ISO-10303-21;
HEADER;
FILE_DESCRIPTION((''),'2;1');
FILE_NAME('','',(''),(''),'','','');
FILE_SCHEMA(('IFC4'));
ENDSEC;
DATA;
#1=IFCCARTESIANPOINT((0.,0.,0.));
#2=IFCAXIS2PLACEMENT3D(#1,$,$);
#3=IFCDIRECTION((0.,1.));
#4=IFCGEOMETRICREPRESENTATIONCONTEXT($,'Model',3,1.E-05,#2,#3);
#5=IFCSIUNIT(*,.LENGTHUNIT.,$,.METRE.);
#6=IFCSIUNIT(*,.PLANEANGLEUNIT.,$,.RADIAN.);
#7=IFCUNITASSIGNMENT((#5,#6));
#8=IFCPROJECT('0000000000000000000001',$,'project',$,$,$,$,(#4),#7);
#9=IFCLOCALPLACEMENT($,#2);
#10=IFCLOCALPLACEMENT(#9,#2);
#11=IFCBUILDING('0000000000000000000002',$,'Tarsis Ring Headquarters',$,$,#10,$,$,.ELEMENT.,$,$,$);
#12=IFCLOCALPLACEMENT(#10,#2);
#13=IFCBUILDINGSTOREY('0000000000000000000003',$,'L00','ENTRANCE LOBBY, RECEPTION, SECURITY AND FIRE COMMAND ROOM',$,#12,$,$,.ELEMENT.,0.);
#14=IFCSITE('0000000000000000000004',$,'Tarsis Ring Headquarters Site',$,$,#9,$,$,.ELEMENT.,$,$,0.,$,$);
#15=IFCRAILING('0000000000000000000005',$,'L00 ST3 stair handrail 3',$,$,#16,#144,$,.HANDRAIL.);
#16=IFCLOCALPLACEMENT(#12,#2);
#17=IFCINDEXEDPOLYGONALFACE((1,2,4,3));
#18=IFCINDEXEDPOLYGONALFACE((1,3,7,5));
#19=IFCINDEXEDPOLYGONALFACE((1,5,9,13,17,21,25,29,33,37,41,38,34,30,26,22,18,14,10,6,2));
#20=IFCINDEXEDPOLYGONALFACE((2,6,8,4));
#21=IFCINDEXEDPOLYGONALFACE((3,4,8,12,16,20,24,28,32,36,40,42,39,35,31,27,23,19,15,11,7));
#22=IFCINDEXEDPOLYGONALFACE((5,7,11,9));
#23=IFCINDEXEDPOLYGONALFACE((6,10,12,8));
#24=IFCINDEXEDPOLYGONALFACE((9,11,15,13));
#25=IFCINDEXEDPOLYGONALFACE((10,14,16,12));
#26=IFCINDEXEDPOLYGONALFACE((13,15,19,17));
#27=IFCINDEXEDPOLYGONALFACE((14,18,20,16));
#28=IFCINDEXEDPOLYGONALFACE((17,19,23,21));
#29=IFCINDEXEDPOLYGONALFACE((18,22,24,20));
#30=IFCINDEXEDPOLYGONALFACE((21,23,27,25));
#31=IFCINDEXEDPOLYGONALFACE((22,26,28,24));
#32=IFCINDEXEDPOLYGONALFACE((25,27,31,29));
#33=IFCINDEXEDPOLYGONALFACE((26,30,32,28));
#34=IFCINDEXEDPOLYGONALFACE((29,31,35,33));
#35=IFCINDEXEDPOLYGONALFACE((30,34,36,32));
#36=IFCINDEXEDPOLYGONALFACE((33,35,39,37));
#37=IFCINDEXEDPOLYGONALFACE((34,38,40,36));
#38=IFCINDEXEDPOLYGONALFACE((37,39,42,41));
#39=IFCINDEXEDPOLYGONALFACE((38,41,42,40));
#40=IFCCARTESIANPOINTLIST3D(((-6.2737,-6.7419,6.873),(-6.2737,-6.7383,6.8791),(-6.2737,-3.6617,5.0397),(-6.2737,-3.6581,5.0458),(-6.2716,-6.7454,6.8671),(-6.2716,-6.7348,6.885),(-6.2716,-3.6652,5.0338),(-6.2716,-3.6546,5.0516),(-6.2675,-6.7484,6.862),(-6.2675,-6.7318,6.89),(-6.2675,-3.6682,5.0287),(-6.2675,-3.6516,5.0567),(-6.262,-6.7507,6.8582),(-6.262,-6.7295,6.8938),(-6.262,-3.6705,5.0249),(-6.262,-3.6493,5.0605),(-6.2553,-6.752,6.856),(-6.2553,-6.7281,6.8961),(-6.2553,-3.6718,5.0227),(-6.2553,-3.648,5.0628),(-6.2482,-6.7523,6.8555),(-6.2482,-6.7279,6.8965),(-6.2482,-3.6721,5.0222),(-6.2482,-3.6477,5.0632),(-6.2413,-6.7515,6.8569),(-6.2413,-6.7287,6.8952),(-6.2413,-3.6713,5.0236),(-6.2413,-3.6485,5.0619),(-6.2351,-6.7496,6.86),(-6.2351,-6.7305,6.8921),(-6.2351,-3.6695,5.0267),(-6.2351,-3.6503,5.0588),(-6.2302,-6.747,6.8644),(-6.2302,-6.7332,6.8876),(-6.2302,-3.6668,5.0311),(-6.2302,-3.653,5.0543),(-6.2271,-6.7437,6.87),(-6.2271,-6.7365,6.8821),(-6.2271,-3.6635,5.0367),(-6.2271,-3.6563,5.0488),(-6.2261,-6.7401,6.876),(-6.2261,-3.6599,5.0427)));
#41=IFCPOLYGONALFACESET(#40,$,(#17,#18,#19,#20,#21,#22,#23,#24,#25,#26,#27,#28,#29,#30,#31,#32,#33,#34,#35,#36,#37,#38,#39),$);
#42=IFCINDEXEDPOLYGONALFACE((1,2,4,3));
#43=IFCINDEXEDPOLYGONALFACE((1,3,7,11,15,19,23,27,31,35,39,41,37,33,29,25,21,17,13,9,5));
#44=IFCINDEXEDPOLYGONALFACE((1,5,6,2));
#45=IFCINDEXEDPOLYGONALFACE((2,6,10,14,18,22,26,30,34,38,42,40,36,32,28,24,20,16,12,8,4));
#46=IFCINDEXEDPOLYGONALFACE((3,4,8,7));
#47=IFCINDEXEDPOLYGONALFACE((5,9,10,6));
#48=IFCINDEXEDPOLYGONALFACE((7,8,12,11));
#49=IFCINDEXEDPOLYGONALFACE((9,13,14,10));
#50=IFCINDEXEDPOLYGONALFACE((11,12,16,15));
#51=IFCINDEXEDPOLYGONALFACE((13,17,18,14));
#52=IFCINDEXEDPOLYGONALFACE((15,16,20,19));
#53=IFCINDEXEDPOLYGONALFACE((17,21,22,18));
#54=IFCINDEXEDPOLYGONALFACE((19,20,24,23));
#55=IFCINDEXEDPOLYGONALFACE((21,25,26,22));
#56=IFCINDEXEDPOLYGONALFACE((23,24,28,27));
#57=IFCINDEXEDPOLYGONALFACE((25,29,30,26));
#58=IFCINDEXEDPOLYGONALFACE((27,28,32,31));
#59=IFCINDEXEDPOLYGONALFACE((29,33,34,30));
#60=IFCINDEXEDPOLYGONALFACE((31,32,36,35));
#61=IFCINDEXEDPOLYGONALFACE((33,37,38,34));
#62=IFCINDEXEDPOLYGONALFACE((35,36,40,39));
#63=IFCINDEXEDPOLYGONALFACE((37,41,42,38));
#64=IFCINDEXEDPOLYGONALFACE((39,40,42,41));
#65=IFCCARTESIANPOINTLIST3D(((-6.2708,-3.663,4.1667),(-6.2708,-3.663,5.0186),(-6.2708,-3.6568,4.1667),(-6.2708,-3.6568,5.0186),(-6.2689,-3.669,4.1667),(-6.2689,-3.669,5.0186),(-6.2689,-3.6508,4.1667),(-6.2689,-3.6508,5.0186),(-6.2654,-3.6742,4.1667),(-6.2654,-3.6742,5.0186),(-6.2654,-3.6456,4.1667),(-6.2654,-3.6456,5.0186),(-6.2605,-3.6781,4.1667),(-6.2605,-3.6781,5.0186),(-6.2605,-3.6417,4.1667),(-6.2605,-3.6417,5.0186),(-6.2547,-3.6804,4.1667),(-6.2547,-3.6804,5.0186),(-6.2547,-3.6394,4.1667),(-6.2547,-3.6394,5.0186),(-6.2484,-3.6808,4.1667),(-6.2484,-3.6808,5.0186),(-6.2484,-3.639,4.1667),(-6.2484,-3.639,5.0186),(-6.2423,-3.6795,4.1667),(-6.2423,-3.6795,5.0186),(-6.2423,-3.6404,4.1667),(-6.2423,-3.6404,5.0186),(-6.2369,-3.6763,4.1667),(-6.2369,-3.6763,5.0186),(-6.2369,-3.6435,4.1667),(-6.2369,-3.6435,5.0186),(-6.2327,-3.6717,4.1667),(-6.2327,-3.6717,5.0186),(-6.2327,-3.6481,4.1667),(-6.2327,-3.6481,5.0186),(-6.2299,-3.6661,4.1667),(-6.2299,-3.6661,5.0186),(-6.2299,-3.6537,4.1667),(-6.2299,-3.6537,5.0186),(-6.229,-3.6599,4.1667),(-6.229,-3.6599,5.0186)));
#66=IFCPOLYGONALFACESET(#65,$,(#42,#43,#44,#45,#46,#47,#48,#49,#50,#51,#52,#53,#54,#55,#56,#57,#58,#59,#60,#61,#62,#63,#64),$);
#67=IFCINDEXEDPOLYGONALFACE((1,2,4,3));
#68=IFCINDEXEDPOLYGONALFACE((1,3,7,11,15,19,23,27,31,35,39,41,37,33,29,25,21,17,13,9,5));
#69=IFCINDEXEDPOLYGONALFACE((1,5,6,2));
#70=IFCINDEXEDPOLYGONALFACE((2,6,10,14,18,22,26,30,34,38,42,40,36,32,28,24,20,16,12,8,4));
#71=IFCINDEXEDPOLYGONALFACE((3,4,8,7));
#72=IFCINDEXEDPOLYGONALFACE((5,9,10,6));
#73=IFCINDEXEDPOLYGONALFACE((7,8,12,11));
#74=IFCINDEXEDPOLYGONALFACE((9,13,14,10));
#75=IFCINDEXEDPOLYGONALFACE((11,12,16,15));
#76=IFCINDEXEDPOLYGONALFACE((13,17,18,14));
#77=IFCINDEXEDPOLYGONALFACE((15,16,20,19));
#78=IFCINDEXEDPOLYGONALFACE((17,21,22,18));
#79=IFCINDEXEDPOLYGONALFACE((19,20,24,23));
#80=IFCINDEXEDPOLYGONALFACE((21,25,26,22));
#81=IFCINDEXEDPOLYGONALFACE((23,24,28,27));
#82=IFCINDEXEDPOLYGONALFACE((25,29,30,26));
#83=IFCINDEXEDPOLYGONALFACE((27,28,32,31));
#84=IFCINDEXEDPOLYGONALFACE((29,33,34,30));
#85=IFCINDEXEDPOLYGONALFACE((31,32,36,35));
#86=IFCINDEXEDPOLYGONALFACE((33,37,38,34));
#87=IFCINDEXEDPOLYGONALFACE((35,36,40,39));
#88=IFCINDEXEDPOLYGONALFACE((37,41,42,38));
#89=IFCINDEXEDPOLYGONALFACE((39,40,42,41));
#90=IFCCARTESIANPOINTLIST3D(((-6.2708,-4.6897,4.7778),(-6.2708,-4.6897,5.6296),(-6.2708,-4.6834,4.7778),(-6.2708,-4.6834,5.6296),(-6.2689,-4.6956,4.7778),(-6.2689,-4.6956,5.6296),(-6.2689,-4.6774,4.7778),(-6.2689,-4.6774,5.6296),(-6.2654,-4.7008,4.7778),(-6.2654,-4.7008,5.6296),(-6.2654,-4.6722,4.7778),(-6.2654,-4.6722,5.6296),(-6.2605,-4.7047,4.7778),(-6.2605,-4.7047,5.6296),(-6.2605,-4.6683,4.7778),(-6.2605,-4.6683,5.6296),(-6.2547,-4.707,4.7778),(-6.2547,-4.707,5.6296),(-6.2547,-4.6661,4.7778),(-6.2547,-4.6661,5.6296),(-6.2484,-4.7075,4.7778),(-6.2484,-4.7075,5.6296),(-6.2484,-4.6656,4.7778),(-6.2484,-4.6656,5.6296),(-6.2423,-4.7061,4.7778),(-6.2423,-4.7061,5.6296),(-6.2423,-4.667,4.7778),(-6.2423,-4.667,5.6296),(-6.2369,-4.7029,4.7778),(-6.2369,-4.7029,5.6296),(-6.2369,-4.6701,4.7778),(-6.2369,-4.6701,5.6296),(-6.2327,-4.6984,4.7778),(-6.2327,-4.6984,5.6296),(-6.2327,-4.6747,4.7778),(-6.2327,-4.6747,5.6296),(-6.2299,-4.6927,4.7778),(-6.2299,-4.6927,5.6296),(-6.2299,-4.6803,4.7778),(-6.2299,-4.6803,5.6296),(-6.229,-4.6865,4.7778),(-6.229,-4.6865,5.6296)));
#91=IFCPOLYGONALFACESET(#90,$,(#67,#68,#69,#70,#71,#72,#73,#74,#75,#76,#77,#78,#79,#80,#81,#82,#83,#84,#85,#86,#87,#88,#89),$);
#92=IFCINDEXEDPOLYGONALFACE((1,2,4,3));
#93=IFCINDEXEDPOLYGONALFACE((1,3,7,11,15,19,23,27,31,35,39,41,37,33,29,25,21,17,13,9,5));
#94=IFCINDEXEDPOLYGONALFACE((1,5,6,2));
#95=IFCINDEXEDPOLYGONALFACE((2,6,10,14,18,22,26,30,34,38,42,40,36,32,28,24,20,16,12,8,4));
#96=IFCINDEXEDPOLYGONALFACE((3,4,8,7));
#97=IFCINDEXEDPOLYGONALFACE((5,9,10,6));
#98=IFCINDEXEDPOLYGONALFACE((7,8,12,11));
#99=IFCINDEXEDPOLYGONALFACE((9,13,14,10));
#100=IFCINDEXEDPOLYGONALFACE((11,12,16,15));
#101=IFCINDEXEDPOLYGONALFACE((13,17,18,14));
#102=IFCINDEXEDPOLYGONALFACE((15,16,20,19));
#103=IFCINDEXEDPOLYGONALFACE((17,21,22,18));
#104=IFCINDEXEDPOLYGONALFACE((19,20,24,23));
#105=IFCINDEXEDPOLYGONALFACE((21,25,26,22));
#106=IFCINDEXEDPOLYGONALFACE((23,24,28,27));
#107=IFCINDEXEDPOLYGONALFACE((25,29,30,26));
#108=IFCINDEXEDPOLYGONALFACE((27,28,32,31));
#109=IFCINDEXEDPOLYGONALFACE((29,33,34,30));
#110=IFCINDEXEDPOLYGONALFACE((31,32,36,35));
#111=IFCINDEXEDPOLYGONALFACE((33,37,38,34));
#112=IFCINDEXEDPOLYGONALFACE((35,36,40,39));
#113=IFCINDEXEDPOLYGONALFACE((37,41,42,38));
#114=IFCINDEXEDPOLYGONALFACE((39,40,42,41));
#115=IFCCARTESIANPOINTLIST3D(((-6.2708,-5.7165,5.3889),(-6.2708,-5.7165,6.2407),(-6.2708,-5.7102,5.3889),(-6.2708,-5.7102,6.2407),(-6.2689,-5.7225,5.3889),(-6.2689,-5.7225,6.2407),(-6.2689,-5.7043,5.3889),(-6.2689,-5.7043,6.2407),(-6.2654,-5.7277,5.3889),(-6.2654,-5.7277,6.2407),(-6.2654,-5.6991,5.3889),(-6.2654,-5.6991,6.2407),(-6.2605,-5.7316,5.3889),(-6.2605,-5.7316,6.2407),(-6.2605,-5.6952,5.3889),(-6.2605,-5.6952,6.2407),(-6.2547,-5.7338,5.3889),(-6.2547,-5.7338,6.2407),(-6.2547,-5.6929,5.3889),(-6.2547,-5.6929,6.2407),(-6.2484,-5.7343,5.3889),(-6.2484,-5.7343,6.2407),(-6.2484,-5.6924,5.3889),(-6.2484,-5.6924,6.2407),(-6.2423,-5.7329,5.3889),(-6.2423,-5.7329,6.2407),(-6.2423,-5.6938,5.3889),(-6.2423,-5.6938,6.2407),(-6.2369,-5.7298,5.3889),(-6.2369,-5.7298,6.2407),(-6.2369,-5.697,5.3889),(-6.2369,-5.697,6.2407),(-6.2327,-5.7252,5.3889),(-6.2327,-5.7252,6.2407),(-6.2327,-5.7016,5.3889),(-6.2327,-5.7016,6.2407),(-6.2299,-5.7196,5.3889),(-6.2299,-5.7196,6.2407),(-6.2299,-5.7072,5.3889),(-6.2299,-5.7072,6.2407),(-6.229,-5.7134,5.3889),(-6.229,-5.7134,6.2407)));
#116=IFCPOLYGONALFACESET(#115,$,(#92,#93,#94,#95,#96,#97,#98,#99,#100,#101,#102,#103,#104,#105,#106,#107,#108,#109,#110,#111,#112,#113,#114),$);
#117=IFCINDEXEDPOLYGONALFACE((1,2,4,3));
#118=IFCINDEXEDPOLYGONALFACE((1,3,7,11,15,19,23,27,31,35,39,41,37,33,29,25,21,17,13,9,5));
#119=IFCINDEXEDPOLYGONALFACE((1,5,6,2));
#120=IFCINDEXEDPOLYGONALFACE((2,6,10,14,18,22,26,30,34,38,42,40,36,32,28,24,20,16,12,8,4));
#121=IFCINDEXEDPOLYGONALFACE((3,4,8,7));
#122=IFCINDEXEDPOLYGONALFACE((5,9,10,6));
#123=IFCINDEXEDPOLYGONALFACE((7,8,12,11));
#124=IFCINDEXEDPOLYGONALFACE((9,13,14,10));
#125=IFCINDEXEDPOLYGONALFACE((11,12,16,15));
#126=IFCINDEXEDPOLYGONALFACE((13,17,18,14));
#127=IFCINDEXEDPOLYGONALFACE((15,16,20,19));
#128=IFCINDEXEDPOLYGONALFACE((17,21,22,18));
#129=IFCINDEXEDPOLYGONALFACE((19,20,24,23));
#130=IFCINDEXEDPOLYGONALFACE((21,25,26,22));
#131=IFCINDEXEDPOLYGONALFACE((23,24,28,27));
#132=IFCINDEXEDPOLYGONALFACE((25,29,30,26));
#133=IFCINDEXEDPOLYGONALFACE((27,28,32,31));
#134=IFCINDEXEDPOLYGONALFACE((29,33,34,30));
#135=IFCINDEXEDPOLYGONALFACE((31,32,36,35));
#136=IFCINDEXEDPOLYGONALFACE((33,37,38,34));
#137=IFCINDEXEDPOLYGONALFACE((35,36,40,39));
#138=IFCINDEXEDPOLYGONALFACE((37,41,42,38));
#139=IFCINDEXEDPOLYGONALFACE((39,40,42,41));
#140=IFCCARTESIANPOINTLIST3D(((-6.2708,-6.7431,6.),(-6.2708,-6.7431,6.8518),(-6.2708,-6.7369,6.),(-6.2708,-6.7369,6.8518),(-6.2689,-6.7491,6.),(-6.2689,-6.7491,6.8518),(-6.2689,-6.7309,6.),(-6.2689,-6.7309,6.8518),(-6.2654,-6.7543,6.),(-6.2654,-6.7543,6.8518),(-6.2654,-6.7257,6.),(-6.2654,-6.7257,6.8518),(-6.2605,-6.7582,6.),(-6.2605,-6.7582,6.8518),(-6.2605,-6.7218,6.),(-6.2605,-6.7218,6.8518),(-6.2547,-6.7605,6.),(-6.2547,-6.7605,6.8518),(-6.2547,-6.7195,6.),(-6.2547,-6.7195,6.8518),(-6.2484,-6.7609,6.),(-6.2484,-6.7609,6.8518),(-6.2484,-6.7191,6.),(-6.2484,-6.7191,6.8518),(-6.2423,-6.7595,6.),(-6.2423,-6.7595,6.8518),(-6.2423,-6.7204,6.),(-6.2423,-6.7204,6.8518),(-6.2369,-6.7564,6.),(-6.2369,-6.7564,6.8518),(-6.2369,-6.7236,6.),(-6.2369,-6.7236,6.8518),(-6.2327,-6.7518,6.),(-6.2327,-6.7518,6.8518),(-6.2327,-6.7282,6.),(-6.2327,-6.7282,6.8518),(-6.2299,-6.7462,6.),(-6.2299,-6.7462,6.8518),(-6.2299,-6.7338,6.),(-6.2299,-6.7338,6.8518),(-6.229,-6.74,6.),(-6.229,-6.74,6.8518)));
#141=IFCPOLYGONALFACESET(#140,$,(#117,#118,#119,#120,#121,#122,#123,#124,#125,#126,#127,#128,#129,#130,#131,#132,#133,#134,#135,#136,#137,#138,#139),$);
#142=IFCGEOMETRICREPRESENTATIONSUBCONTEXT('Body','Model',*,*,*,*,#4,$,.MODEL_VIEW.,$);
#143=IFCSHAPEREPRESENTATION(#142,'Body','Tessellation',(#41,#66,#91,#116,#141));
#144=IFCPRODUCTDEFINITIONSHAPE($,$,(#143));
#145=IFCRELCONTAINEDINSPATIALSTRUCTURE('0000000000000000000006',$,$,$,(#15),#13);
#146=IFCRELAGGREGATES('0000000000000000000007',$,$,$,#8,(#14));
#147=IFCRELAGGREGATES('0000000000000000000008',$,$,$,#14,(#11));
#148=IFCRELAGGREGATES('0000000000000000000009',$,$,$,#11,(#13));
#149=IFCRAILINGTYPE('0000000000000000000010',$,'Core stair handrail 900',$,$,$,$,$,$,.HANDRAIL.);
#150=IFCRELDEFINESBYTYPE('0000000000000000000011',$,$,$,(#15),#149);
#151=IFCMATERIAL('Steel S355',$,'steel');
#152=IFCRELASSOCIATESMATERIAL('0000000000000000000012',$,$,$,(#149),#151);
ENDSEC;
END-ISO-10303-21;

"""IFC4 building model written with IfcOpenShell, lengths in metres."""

from ifc_helpers import new_model, si_unit, direction, frame, origin, origin_2d, place, context, subcontext, project, spatial, circle, extrude, material, type_object, element, save


model = new_model("IFC4")

# Units and contexts
model_context = context("Model", 3, precision=1e-05, world=origin(), true_north=direction((0.0, 1.0)))
body_context = subcontext(model_context, "Body", "Model", "MODEL_VIEW")
ifc_project = project(units=[si_unit("LENGTHUNIT", "METRE"), si_unit("PLANEANGLEUNIT", "RADIAN")], contexts=[model_context])

# Site, building, storey
site_placement = place(None, origin())
site = spatial("IfcSite", under=ifc_project, at=site_placement, Name="Tarsis Ring Headquarters Site", CompositionType="ELEMENT", RefElevation=0.0)
building_placement = place(site_placement, origin())
building = spatial("IfcBuilding", under=site, at=building_placement, Name="Tarsis Ring Headquarters", CompositionType="ELEMENT")
storey_placement = place(building_placement, origin())
storey = spatial("IfcBuildingStorey", under=building, at=storey_placement, Name="L00", Description="ENTRANCE LOBBY, RECEPTION, SECURITY AND FIRE COMMAND ROOM", CompositionType="ELEMENT", Elevation=0.0)

# Railing
ifc_material = material(Name="Steel S355", Category="steel")
railing_type_1 = type_object("IfcRailingType", Name="Core stair handrail 900", PredefinedType="HANDRAIL", material=ifc_material)
railing_1_placement = place(storey_placement, frame((-6.25, -3.6599, 4.1667)))
element("IfcRailing", 1, at=railing_1_placement, inside=storey, type_object=railing_type_1, Name="L00 ST3 stair handrail 3", PredefinedType="HANDRAIL", context=body_context, shape_type="SweptSolid", body=[
    extrude(circle(Radius=0.0239, at=origin_2d()), frame((0.0, 0.0, 0.876), z_axis=(0.0, -0.859309, 0.511458), x_axis=(1.0, 0.0, 0.0)), (0.0, 0.0, 1.0), 3.5845),
    extrude(circle(Radius=0.021, at=origin_2d()), origin(), (0.0, 0.0, 1.0), 0.8518),
    extrude(circle(Radius=0.021, at=origin_2d()), frame((0.0, -1.0266, 0.6111)), (0.0, 0.0, 1.0), 0.8518),
    extrude(circle(Radius=0.021, at=origin_2d()), frame((0.0, -2.0535, 1.2222)), (0.0, 0.0, 1.0), 0.8518),
    extrude(circle(Radius=0.021, at=origin_2d()), frame((0.0, -3.0801, 1.8333)), (0.0, 0.0, 1.0), 0.8518),
])

save(model, "model.ifc")
